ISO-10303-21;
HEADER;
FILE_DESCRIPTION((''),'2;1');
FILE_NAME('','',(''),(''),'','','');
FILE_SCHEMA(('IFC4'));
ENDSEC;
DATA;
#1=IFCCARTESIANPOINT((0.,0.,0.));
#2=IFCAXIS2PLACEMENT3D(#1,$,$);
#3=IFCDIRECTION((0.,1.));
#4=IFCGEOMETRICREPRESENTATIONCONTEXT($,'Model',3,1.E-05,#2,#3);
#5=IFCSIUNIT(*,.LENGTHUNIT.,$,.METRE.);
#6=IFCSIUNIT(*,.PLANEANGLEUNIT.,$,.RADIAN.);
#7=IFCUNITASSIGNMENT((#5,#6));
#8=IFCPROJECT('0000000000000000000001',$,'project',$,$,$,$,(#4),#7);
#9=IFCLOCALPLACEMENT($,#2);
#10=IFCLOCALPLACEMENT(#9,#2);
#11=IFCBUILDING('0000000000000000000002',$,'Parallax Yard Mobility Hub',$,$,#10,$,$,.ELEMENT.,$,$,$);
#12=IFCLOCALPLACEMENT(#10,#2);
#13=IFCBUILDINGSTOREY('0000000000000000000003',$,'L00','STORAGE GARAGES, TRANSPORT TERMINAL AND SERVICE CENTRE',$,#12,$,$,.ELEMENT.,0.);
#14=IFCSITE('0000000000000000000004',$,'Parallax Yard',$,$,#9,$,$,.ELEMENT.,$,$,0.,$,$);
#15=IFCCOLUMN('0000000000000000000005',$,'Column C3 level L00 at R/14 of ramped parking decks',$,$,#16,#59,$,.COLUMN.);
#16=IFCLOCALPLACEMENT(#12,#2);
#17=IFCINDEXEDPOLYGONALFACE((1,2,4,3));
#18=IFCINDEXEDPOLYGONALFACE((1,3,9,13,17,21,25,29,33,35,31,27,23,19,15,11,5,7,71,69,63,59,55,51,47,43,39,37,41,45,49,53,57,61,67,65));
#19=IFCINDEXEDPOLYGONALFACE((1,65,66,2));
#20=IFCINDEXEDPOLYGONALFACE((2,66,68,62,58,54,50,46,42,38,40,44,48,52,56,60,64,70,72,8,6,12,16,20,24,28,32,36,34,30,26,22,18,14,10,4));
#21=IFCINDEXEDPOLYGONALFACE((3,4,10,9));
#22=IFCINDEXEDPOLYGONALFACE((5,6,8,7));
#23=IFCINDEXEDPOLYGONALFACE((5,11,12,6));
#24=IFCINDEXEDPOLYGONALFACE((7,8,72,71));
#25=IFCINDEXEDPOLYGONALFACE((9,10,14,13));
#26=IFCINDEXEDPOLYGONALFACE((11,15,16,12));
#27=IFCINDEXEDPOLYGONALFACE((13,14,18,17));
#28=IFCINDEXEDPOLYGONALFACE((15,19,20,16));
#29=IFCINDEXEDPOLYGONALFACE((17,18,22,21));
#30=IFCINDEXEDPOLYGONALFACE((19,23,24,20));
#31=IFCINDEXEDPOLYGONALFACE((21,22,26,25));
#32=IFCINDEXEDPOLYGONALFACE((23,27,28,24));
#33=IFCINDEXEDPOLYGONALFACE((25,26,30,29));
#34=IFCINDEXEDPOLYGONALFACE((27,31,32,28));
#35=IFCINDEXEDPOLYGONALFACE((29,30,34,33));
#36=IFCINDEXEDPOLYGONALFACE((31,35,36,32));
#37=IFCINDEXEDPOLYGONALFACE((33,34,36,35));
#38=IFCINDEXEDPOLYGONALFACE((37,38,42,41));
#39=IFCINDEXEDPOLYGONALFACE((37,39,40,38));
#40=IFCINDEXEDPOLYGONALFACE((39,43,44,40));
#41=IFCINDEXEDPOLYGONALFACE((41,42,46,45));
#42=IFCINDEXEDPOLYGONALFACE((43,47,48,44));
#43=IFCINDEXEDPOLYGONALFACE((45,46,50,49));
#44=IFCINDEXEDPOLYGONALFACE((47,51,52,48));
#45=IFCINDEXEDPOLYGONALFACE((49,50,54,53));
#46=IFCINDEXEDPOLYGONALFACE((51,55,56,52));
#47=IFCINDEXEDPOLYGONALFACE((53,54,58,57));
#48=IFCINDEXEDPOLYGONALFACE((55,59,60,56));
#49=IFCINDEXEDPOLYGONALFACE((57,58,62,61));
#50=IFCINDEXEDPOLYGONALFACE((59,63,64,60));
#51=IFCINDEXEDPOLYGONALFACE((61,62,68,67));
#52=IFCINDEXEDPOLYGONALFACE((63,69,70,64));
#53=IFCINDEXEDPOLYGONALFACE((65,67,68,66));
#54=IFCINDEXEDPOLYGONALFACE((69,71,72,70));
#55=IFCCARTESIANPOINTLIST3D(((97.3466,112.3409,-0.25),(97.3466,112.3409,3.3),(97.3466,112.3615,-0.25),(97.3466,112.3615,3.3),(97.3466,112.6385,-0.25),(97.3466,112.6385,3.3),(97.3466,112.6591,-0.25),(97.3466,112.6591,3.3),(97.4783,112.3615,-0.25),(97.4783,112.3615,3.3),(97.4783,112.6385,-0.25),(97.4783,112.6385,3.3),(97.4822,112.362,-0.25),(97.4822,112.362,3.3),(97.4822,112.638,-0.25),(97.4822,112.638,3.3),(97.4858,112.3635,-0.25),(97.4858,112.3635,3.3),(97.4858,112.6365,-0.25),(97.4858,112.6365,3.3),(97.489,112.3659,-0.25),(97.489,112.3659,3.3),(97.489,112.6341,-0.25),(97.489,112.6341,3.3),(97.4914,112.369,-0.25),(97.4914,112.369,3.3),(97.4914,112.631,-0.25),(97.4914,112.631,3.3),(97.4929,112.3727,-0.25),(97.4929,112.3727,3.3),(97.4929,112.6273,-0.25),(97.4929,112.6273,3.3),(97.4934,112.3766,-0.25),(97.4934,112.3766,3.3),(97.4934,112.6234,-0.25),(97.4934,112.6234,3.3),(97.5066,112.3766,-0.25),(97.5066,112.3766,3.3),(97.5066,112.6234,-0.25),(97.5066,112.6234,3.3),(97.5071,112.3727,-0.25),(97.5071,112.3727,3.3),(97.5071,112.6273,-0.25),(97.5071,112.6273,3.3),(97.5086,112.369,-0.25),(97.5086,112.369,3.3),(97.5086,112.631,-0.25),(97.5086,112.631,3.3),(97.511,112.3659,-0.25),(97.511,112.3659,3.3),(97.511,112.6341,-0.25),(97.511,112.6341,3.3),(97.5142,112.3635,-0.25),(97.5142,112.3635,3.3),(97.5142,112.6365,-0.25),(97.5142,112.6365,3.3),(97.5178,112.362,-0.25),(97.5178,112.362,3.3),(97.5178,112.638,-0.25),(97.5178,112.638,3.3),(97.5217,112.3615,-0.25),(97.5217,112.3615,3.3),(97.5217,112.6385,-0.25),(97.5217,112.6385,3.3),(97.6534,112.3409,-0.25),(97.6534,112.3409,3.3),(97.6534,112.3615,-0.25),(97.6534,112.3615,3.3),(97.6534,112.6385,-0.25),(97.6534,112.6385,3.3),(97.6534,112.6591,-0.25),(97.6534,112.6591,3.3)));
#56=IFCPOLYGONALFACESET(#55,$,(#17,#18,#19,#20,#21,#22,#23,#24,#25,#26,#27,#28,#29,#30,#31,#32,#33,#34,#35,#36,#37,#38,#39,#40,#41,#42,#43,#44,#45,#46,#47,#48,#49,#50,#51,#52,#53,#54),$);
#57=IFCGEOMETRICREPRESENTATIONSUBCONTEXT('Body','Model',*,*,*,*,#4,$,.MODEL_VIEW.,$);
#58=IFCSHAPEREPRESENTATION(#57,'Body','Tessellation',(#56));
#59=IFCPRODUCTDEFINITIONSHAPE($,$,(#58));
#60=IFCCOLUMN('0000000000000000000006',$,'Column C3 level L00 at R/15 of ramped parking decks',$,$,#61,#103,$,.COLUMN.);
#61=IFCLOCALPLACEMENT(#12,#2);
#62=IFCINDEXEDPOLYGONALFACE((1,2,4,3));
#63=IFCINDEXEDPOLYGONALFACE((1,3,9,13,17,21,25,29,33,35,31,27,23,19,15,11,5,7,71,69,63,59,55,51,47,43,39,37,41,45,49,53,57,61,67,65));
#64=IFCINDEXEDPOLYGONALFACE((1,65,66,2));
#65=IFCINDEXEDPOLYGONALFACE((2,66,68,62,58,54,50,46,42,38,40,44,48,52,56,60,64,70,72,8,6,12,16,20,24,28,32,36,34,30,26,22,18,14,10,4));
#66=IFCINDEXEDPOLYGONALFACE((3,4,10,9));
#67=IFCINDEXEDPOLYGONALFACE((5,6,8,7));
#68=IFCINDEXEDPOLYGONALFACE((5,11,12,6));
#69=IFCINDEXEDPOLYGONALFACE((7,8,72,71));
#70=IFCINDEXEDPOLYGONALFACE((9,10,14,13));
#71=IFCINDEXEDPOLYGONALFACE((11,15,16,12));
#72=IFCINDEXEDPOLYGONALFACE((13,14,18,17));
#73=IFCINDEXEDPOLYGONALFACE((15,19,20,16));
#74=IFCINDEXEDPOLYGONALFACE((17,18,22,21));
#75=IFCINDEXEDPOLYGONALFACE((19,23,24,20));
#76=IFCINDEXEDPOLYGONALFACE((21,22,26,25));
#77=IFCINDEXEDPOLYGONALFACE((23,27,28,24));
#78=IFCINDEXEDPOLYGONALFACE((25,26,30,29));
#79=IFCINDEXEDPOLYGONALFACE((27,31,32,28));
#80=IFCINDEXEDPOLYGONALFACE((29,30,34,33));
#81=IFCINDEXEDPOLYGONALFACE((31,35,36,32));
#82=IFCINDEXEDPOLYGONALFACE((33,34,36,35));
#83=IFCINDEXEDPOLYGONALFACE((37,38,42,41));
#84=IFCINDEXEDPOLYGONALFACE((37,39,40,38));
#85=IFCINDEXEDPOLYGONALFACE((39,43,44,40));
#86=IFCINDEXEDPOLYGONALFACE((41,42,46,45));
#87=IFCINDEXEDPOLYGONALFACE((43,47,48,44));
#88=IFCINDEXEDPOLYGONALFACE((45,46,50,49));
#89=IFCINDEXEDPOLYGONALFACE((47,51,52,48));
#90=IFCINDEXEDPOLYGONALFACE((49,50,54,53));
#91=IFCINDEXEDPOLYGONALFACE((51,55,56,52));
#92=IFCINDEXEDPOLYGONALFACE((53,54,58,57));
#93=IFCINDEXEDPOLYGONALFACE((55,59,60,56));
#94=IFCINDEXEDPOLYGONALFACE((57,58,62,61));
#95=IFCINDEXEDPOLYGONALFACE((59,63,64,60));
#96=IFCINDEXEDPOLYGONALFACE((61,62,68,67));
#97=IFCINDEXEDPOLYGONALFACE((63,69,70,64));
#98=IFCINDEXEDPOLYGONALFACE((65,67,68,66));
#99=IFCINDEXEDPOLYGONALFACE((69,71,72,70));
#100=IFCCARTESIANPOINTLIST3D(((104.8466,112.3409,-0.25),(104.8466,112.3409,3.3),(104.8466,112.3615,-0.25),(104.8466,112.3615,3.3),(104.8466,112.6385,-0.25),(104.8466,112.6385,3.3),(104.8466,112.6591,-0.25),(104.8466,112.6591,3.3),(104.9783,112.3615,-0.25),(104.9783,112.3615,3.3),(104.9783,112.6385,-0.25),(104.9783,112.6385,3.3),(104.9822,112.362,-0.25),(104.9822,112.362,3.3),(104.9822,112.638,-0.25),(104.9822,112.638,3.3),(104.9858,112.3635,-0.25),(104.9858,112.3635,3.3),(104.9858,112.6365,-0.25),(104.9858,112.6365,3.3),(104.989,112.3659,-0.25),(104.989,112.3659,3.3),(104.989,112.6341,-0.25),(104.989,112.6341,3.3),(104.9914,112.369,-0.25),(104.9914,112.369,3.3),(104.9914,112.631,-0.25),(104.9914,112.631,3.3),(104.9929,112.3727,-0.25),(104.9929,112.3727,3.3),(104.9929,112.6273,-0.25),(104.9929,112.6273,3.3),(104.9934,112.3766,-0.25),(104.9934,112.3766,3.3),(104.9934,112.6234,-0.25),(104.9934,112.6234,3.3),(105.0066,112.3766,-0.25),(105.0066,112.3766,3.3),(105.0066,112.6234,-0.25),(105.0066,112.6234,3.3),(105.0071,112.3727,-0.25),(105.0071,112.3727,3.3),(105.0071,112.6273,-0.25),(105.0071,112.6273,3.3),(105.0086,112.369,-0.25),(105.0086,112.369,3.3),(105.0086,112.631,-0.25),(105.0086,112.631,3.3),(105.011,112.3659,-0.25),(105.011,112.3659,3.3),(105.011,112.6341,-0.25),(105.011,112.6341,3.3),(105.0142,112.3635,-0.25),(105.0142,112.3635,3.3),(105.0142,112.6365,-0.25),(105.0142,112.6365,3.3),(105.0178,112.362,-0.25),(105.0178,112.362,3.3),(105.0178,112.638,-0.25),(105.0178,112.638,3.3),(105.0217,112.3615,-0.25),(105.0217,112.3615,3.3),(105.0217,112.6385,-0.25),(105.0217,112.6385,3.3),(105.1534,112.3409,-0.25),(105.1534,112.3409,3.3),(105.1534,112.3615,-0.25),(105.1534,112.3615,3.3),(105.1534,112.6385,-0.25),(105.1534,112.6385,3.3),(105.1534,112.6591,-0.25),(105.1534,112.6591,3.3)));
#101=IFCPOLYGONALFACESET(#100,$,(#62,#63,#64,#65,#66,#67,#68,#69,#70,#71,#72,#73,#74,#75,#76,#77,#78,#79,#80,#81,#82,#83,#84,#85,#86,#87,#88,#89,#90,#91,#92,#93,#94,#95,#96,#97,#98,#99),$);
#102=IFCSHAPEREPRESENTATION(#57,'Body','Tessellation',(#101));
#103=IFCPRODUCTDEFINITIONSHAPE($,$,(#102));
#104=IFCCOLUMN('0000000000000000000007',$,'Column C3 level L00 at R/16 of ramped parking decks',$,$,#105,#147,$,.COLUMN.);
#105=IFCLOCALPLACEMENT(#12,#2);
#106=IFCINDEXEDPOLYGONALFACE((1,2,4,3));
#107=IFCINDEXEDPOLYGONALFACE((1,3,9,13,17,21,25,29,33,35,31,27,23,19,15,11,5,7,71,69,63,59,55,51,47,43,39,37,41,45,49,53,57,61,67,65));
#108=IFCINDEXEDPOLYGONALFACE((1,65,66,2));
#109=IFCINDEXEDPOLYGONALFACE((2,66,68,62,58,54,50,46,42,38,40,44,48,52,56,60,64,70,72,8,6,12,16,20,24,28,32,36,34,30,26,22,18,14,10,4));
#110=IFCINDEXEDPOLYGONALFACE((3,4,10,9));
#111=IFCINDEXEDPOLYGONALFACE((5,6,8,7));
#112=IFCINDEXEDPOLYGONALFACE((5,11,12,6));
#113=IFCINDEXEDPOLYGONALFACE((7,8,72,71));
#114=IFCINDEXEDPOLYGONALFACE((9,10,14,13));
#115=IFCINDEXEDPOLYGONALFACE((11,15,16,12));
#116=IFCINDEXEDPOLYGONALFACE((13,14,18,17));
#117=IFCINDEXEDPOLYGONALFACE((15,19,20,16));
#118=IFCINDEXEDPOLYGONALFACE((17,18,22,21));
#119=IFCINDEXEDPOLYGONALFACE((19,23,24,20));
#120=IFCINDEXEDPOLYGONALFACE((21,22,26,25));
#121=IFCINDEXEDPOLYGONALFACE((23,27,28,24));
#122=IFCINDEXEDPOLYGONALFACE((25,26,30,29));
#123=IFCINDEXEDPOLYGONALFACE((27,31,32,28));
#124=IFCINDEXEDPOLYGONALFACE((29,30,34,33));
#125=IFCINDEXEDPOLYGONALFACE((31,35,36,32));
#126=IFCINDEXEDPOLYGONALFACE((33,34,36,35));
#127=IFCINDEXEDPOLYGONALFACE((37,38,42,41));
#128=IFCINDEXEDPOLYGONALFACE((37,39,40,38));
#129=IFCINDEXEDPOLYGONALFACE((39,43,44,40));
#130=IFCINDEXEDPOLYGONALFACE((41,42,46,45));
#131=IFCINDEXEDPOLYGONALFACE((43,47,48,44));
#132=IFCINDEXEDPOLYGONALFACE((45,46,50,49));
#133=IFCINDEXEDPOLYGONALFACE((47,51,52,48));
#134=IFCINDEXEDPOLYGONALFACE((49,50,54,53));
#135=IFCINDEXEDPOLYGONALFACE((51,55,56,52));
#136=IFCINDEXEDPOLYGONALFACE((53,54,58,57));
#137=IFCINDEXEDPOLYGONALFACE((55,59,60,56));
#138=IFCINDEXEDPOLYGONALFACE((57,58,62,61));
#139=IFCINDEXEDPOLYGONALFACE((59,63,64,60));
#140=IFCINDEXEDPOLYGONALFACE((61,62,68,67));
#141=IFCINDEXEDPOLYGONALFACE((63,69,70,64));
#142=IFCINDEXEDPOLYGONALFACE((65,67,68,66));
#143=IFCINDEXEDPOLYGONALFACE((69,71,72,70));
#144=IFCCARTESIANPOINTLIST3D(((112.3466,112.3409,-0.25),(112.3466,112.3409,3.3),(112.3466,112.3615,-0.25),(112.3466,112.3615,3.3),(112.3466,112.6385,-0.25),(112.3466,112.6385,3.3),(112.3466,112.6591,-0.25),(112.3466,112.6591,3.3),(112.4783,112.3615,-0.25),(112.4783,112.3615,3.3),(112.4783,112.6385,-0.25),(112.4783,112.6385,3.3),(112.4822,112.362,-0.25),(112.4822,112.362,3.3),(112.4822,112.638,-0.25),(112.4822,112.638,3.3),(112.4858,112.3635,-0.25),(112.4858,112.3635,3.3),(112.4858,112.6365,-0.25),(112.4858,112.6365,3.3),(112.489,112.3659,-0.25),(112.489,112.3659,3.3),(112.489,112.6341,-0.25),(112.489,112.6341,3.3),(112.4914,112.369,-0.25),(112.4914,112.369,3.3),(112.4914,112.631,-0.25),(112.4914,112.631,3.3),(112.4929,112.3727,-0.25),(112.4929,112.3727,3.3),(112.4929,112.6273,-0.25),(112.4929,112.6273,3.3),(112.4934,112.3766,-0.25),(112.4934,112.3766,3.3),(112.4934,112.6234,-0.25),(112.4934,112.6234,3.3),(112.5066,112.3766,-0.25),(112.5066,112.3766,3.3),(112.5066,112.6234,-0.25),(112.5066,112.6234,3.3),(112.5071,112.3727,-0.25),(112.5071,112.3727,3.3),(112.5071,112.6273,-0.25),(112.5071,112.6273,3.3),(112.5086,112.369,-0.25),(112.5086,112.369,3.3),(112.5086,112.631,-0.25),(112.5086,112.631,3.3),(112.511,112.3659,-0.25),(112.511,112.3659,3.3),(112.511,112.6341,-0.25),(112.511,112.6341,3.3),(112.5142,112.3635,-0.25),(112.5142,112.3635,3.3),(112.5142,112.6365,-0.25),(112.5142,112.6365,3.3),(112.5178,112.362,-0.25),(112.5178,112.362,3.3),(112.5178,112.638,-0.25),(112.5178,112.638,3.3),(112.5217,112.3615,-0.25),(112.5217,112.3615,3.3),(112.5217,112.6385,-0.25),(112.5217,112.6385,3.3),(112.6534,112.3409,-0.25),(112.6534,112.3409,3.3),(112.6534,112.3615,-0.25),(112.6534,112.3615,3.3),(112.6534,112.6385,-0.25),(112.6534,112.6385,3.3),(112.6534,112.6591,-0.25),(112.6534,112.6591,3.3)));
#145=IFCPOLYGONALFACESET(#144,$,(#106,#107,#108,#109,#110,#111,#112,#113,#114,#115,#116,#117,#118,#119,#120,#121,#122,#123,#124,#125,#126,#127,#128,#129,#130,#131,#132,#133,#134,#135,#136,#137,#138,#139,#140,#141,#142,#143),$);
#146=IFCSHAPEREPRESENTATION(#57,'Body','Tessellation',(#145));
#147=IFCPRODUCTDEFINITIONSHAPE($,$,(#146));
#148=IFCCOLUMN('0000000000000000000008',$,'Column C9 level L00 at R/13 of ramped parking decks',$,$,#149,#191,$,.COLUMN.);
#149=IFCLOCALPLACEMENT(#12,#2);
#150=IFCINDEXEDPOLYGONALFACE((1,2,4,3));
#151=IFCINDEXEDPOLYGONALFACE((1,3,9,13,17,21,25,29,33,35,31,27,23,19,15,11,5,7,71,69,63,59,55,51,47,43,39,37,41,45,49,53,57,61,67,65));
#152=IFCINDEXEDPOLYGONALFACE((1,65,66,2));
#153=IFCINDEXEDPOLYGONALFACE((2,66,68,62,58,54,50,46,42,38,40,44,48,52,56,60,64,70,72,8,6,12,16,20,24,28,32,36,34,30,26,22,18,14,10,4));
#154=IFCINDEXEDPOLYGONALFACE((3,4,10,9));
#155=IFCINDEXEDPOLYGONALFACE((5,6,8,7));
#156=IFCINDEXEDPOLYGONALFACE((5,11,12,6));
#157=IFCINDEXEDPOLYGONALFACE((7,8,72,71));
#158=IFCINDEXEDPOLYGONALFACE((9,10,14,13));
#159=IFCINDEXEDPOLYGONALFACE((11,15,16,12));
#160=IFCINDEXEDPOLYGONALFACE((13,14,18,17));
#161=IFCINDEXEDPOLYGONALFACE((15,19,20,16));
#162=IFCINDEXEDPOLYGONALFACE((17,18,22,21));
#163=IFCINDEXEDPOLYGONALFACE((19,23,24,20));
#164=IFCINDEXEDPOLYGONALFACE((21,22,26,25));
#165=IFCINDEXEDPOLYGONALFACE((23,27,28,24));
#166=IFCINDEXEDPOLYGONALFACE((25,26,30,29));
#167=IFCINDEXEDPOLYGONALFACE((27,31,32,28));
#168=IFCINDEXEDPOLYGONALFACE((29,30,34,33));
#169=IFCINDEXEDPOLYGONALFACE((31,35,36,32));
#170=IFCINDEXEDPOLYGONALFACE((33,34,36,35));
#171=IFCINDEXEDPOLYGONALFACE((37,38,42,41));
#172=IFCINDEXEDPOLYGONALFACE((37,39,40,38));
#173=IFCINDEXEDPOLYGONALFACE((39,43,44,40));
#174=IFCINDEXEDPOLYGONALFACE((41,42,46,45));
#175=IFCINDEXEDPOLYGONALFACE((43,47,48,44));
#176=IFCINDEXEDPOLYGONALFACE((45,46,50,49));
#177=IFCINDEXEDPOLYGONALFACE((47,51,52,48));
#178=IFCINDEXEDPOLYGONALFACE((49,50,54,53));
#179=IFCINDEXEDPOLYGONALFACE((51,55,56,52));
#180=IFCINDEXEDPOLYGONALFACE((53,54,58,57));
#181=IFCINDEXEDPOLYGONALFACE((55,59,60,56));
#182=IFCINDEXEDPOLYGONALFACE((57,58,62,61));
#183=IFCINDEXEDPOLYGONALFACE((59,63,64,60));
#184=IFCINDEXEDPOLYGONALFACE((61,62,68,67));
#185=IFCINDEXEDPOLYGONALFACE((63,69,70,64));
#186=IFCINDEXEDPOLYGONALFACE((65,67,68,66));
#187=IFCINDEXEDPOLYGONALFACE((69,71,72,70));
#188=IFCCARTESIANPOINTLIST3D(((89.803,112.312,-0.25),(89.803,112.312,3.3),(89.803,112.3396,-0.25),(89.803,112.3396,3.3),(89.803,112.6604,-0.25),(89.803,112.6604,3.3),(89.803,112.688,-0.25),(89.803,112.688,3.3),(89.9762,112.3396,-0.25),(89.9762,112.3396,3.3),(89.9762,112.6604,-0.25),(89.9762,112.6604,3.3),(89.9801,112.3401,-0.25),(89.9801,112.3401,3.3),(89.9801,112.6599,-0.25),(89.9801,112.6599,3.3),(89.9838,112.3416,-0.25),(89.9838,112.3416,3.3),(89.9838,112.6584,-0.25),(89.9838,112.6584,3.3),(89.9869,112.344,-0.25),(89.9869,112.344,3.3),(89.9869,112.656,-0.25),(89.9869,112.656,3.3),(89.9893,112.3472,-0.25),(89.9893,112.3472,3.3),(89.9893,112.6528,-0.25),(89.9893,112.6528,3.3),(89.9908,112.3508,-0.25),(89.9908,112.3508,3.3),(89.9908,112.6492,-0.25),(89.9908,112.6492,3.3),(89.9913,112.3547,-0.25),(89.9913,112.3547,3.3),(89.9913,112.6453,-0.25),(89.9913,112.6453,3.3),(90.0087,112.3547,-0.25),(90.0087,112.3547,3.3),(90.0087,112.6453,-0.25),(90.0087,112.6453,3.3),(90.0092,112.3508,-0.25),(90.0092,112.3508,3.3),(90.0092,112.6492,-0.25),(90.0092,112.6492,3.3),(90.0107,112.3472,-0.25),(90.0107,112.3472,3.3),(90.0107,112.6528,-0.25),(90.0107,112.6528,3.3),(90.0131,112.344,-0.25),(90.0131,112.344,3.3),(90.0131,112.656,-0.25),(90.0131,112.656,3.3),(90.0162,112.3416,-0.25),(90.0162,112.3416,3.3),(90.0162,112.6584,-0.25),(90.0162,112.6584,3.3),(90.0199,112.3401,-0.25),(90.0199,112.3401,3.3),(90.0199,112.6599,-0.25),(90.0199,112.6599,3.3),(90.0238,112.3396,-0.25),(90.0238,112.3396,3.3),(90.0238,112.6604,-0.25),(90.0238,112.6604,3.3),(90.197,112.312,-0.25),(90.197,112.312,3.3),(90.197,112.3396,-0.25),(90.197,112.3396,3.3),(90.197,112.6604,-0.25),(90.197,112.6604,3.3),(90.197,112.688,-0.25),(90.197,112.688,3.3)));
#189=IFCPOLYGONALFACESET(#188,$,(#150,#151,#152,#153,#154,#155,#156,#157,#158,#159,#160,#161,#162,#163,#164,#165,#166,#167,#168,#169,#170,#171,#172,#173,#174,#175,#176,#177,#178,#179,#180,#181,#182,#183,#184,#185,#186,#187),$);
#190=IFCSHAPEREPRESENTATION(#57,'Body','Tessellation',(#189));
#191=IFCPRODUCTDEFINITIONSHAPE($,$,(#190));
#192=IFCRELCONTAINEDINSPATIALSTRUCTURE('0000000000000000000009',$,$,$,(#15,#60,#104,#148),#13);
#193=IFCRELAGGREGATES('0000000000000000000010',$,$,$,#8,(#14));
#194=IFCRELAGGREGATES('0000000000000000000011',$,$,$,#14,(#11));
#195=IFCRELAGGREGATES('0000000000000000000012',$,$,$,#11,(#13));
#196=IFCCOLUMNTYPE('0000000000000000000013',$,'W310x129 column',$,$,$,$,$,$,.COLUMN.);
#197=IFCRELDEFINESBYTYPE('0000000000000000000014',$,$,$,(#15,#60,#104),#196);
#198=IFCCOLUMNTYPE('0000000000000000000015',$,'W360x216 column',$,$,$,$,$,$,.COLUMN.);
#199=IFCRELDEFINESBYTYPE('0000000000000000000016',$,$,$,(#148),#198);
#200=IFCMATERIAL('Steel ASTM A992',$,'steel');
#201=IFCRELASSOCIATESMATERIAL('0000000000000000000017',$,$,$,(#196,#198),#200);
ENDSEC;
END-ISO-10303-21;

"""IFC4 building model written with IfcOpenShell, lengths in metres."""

from ifc_helpers import new_model, si_unit, direction, frame, origin, origin_2d, place, context, subcontext, project, spatial, i_section, extrude, material, material_profile, profile_set, type_object, element, save


model = new_model("IFC4")

# Units and contexts
model_context = context("Model", 3, precision=1e-05, world=origin(), true_north=direction((0.0, 1.0)))
body_context = subcontext(model_context, "Body", "Model", "MODEL_VIEW")
ifc_project = project(units=[si_unit("LENGTHUNIT", "METRE"), si_unit("PLANEANGLEUNIT", "RADIAN")], contexts=[model_context])

# Site, building, storey
site_placement = place(None, origin())
site = spatial("IfcSite", under=ifc_project, at=site_placement, Name="Parallax Yard", CompositionType="ELEMENT", RefElevation=0.0)
building_placement = place(site_placement, origin())
building = spatial("IfcBuilding", under=site, at=building_placement, Name="Parallax Yard Mobility Hub", CompositionType="ELEMENT")
storey_placement = place(building_placement, origin())
storey = spatial("IfcBuildingStorey", under=building, at=storey_placement, Name="L00", Description="STORAGE GARAGES, TRANSPORT TERMINAL AND SERVICE CENTRE", CompositionType="ELEMENT", Elevation=0.0)

# Columns
ifc_material_1 = material(Name="Steel ASTM A992", Category="steel")
ifc_material_profile_1 = material_profile(ifc_material_1, i_section(OverallWidth=0.3069, OverallDepth=0.3181, WebThickness=0.0132, FlangeThickness=0.0205, FilletRadius=0.0151, at=origin_2d()), Name="W310x129")
ifc_profile_set_1 = profile_set([ifc_material_profile_1], Name="Steel ASTM A992")
column_type_1 = type_object("IfcColumnType", Name="W310x129 column", PredefinedType="COLUMN", material=ifc_profile_set_1)
for number, where, z_axis, x_axis, name in (
    (1, (97.5, 112.5, -0.25), (0.0, 0.0, 1.0), (1.0, 0.0, 0.0), "Column C3 level L00 at R/14 of ramped parking decks"),
    (2, (105.0, 112.5, -0.25), (0.0, 0.0, 1.0), (1.0, 0.0, 0.0), "Column C3 level L00 at R/15 of ramped parking decks"),
    (3, (112.5, 112.5, -0.25), (0.0, 0.0, 1.0), (1.0, 0.0, 0.0), "Column C3 level L00 at R/16 of ramped parking decks"),
):
    element("IfcColumn", number, at=place(storey_placement, frame(where, z_axis=z_axis, x_axis=x_axis)), inside=storey, type_object=column_type_1, Name=name, PredefinedType="COLUMN", context=body_context, shape_type="SweptSolid", body=[
        extrude(i_section(OverallWidth=0.3069, OverallDepth=0.3181, WebThickness=0.0132, FlangeThickness=0.0205, FilletRadius=0.0151, at=origin_2d()), origin(), (0.0, 0.0, 1.0), 3.55),
    ])
ifc_material_profile_2 = material_profile(ifc_material_1, i_section(OverallWidth=0.394, OverallDepth=0.376, WebThickness=0.0173, FlangeThickness=0.0276, FilletRadius=0.0151, at=origin_2d()), Name="W360x216")
ifc_profile_set_2 = profile_set([ifc_material_profile_2], Name="Steel ASTM A992")
column_type_2 = type_object("IfcColumnType", Name="W360x216 column", PredefinedType="COLUMN", material=ifc_profile_set_2)
for number, where, z_axis, x_axis, name in (
    (4, (90.0, 112.5, -0.25), (0.0, 0.0, 1.0), (1.0, 0.0, 0.0), "Column C9 level L00 at R/13 of ramped parking decks"),
):
    element("IfcColumn", number, at=place(storey_placement, frame(where, z_axis=z_axis, x_axis=x_axis)), inside=storey, type_object=column_type_2, Name=name, PredefinedType="COLUMN", context=body_context, shape_type="SweptSolid", body=[
        extrude(i_section(OverallWidth=0.394, OverallDepth=0.376, WebThickness=0.0173, FlangeThickness=0.0276, FilletRadius=0.0151, at=origin_2d()), origin(), (0.0, 0.0, 1.0), 3.55),
    ])

save(model, "model.ifc")
